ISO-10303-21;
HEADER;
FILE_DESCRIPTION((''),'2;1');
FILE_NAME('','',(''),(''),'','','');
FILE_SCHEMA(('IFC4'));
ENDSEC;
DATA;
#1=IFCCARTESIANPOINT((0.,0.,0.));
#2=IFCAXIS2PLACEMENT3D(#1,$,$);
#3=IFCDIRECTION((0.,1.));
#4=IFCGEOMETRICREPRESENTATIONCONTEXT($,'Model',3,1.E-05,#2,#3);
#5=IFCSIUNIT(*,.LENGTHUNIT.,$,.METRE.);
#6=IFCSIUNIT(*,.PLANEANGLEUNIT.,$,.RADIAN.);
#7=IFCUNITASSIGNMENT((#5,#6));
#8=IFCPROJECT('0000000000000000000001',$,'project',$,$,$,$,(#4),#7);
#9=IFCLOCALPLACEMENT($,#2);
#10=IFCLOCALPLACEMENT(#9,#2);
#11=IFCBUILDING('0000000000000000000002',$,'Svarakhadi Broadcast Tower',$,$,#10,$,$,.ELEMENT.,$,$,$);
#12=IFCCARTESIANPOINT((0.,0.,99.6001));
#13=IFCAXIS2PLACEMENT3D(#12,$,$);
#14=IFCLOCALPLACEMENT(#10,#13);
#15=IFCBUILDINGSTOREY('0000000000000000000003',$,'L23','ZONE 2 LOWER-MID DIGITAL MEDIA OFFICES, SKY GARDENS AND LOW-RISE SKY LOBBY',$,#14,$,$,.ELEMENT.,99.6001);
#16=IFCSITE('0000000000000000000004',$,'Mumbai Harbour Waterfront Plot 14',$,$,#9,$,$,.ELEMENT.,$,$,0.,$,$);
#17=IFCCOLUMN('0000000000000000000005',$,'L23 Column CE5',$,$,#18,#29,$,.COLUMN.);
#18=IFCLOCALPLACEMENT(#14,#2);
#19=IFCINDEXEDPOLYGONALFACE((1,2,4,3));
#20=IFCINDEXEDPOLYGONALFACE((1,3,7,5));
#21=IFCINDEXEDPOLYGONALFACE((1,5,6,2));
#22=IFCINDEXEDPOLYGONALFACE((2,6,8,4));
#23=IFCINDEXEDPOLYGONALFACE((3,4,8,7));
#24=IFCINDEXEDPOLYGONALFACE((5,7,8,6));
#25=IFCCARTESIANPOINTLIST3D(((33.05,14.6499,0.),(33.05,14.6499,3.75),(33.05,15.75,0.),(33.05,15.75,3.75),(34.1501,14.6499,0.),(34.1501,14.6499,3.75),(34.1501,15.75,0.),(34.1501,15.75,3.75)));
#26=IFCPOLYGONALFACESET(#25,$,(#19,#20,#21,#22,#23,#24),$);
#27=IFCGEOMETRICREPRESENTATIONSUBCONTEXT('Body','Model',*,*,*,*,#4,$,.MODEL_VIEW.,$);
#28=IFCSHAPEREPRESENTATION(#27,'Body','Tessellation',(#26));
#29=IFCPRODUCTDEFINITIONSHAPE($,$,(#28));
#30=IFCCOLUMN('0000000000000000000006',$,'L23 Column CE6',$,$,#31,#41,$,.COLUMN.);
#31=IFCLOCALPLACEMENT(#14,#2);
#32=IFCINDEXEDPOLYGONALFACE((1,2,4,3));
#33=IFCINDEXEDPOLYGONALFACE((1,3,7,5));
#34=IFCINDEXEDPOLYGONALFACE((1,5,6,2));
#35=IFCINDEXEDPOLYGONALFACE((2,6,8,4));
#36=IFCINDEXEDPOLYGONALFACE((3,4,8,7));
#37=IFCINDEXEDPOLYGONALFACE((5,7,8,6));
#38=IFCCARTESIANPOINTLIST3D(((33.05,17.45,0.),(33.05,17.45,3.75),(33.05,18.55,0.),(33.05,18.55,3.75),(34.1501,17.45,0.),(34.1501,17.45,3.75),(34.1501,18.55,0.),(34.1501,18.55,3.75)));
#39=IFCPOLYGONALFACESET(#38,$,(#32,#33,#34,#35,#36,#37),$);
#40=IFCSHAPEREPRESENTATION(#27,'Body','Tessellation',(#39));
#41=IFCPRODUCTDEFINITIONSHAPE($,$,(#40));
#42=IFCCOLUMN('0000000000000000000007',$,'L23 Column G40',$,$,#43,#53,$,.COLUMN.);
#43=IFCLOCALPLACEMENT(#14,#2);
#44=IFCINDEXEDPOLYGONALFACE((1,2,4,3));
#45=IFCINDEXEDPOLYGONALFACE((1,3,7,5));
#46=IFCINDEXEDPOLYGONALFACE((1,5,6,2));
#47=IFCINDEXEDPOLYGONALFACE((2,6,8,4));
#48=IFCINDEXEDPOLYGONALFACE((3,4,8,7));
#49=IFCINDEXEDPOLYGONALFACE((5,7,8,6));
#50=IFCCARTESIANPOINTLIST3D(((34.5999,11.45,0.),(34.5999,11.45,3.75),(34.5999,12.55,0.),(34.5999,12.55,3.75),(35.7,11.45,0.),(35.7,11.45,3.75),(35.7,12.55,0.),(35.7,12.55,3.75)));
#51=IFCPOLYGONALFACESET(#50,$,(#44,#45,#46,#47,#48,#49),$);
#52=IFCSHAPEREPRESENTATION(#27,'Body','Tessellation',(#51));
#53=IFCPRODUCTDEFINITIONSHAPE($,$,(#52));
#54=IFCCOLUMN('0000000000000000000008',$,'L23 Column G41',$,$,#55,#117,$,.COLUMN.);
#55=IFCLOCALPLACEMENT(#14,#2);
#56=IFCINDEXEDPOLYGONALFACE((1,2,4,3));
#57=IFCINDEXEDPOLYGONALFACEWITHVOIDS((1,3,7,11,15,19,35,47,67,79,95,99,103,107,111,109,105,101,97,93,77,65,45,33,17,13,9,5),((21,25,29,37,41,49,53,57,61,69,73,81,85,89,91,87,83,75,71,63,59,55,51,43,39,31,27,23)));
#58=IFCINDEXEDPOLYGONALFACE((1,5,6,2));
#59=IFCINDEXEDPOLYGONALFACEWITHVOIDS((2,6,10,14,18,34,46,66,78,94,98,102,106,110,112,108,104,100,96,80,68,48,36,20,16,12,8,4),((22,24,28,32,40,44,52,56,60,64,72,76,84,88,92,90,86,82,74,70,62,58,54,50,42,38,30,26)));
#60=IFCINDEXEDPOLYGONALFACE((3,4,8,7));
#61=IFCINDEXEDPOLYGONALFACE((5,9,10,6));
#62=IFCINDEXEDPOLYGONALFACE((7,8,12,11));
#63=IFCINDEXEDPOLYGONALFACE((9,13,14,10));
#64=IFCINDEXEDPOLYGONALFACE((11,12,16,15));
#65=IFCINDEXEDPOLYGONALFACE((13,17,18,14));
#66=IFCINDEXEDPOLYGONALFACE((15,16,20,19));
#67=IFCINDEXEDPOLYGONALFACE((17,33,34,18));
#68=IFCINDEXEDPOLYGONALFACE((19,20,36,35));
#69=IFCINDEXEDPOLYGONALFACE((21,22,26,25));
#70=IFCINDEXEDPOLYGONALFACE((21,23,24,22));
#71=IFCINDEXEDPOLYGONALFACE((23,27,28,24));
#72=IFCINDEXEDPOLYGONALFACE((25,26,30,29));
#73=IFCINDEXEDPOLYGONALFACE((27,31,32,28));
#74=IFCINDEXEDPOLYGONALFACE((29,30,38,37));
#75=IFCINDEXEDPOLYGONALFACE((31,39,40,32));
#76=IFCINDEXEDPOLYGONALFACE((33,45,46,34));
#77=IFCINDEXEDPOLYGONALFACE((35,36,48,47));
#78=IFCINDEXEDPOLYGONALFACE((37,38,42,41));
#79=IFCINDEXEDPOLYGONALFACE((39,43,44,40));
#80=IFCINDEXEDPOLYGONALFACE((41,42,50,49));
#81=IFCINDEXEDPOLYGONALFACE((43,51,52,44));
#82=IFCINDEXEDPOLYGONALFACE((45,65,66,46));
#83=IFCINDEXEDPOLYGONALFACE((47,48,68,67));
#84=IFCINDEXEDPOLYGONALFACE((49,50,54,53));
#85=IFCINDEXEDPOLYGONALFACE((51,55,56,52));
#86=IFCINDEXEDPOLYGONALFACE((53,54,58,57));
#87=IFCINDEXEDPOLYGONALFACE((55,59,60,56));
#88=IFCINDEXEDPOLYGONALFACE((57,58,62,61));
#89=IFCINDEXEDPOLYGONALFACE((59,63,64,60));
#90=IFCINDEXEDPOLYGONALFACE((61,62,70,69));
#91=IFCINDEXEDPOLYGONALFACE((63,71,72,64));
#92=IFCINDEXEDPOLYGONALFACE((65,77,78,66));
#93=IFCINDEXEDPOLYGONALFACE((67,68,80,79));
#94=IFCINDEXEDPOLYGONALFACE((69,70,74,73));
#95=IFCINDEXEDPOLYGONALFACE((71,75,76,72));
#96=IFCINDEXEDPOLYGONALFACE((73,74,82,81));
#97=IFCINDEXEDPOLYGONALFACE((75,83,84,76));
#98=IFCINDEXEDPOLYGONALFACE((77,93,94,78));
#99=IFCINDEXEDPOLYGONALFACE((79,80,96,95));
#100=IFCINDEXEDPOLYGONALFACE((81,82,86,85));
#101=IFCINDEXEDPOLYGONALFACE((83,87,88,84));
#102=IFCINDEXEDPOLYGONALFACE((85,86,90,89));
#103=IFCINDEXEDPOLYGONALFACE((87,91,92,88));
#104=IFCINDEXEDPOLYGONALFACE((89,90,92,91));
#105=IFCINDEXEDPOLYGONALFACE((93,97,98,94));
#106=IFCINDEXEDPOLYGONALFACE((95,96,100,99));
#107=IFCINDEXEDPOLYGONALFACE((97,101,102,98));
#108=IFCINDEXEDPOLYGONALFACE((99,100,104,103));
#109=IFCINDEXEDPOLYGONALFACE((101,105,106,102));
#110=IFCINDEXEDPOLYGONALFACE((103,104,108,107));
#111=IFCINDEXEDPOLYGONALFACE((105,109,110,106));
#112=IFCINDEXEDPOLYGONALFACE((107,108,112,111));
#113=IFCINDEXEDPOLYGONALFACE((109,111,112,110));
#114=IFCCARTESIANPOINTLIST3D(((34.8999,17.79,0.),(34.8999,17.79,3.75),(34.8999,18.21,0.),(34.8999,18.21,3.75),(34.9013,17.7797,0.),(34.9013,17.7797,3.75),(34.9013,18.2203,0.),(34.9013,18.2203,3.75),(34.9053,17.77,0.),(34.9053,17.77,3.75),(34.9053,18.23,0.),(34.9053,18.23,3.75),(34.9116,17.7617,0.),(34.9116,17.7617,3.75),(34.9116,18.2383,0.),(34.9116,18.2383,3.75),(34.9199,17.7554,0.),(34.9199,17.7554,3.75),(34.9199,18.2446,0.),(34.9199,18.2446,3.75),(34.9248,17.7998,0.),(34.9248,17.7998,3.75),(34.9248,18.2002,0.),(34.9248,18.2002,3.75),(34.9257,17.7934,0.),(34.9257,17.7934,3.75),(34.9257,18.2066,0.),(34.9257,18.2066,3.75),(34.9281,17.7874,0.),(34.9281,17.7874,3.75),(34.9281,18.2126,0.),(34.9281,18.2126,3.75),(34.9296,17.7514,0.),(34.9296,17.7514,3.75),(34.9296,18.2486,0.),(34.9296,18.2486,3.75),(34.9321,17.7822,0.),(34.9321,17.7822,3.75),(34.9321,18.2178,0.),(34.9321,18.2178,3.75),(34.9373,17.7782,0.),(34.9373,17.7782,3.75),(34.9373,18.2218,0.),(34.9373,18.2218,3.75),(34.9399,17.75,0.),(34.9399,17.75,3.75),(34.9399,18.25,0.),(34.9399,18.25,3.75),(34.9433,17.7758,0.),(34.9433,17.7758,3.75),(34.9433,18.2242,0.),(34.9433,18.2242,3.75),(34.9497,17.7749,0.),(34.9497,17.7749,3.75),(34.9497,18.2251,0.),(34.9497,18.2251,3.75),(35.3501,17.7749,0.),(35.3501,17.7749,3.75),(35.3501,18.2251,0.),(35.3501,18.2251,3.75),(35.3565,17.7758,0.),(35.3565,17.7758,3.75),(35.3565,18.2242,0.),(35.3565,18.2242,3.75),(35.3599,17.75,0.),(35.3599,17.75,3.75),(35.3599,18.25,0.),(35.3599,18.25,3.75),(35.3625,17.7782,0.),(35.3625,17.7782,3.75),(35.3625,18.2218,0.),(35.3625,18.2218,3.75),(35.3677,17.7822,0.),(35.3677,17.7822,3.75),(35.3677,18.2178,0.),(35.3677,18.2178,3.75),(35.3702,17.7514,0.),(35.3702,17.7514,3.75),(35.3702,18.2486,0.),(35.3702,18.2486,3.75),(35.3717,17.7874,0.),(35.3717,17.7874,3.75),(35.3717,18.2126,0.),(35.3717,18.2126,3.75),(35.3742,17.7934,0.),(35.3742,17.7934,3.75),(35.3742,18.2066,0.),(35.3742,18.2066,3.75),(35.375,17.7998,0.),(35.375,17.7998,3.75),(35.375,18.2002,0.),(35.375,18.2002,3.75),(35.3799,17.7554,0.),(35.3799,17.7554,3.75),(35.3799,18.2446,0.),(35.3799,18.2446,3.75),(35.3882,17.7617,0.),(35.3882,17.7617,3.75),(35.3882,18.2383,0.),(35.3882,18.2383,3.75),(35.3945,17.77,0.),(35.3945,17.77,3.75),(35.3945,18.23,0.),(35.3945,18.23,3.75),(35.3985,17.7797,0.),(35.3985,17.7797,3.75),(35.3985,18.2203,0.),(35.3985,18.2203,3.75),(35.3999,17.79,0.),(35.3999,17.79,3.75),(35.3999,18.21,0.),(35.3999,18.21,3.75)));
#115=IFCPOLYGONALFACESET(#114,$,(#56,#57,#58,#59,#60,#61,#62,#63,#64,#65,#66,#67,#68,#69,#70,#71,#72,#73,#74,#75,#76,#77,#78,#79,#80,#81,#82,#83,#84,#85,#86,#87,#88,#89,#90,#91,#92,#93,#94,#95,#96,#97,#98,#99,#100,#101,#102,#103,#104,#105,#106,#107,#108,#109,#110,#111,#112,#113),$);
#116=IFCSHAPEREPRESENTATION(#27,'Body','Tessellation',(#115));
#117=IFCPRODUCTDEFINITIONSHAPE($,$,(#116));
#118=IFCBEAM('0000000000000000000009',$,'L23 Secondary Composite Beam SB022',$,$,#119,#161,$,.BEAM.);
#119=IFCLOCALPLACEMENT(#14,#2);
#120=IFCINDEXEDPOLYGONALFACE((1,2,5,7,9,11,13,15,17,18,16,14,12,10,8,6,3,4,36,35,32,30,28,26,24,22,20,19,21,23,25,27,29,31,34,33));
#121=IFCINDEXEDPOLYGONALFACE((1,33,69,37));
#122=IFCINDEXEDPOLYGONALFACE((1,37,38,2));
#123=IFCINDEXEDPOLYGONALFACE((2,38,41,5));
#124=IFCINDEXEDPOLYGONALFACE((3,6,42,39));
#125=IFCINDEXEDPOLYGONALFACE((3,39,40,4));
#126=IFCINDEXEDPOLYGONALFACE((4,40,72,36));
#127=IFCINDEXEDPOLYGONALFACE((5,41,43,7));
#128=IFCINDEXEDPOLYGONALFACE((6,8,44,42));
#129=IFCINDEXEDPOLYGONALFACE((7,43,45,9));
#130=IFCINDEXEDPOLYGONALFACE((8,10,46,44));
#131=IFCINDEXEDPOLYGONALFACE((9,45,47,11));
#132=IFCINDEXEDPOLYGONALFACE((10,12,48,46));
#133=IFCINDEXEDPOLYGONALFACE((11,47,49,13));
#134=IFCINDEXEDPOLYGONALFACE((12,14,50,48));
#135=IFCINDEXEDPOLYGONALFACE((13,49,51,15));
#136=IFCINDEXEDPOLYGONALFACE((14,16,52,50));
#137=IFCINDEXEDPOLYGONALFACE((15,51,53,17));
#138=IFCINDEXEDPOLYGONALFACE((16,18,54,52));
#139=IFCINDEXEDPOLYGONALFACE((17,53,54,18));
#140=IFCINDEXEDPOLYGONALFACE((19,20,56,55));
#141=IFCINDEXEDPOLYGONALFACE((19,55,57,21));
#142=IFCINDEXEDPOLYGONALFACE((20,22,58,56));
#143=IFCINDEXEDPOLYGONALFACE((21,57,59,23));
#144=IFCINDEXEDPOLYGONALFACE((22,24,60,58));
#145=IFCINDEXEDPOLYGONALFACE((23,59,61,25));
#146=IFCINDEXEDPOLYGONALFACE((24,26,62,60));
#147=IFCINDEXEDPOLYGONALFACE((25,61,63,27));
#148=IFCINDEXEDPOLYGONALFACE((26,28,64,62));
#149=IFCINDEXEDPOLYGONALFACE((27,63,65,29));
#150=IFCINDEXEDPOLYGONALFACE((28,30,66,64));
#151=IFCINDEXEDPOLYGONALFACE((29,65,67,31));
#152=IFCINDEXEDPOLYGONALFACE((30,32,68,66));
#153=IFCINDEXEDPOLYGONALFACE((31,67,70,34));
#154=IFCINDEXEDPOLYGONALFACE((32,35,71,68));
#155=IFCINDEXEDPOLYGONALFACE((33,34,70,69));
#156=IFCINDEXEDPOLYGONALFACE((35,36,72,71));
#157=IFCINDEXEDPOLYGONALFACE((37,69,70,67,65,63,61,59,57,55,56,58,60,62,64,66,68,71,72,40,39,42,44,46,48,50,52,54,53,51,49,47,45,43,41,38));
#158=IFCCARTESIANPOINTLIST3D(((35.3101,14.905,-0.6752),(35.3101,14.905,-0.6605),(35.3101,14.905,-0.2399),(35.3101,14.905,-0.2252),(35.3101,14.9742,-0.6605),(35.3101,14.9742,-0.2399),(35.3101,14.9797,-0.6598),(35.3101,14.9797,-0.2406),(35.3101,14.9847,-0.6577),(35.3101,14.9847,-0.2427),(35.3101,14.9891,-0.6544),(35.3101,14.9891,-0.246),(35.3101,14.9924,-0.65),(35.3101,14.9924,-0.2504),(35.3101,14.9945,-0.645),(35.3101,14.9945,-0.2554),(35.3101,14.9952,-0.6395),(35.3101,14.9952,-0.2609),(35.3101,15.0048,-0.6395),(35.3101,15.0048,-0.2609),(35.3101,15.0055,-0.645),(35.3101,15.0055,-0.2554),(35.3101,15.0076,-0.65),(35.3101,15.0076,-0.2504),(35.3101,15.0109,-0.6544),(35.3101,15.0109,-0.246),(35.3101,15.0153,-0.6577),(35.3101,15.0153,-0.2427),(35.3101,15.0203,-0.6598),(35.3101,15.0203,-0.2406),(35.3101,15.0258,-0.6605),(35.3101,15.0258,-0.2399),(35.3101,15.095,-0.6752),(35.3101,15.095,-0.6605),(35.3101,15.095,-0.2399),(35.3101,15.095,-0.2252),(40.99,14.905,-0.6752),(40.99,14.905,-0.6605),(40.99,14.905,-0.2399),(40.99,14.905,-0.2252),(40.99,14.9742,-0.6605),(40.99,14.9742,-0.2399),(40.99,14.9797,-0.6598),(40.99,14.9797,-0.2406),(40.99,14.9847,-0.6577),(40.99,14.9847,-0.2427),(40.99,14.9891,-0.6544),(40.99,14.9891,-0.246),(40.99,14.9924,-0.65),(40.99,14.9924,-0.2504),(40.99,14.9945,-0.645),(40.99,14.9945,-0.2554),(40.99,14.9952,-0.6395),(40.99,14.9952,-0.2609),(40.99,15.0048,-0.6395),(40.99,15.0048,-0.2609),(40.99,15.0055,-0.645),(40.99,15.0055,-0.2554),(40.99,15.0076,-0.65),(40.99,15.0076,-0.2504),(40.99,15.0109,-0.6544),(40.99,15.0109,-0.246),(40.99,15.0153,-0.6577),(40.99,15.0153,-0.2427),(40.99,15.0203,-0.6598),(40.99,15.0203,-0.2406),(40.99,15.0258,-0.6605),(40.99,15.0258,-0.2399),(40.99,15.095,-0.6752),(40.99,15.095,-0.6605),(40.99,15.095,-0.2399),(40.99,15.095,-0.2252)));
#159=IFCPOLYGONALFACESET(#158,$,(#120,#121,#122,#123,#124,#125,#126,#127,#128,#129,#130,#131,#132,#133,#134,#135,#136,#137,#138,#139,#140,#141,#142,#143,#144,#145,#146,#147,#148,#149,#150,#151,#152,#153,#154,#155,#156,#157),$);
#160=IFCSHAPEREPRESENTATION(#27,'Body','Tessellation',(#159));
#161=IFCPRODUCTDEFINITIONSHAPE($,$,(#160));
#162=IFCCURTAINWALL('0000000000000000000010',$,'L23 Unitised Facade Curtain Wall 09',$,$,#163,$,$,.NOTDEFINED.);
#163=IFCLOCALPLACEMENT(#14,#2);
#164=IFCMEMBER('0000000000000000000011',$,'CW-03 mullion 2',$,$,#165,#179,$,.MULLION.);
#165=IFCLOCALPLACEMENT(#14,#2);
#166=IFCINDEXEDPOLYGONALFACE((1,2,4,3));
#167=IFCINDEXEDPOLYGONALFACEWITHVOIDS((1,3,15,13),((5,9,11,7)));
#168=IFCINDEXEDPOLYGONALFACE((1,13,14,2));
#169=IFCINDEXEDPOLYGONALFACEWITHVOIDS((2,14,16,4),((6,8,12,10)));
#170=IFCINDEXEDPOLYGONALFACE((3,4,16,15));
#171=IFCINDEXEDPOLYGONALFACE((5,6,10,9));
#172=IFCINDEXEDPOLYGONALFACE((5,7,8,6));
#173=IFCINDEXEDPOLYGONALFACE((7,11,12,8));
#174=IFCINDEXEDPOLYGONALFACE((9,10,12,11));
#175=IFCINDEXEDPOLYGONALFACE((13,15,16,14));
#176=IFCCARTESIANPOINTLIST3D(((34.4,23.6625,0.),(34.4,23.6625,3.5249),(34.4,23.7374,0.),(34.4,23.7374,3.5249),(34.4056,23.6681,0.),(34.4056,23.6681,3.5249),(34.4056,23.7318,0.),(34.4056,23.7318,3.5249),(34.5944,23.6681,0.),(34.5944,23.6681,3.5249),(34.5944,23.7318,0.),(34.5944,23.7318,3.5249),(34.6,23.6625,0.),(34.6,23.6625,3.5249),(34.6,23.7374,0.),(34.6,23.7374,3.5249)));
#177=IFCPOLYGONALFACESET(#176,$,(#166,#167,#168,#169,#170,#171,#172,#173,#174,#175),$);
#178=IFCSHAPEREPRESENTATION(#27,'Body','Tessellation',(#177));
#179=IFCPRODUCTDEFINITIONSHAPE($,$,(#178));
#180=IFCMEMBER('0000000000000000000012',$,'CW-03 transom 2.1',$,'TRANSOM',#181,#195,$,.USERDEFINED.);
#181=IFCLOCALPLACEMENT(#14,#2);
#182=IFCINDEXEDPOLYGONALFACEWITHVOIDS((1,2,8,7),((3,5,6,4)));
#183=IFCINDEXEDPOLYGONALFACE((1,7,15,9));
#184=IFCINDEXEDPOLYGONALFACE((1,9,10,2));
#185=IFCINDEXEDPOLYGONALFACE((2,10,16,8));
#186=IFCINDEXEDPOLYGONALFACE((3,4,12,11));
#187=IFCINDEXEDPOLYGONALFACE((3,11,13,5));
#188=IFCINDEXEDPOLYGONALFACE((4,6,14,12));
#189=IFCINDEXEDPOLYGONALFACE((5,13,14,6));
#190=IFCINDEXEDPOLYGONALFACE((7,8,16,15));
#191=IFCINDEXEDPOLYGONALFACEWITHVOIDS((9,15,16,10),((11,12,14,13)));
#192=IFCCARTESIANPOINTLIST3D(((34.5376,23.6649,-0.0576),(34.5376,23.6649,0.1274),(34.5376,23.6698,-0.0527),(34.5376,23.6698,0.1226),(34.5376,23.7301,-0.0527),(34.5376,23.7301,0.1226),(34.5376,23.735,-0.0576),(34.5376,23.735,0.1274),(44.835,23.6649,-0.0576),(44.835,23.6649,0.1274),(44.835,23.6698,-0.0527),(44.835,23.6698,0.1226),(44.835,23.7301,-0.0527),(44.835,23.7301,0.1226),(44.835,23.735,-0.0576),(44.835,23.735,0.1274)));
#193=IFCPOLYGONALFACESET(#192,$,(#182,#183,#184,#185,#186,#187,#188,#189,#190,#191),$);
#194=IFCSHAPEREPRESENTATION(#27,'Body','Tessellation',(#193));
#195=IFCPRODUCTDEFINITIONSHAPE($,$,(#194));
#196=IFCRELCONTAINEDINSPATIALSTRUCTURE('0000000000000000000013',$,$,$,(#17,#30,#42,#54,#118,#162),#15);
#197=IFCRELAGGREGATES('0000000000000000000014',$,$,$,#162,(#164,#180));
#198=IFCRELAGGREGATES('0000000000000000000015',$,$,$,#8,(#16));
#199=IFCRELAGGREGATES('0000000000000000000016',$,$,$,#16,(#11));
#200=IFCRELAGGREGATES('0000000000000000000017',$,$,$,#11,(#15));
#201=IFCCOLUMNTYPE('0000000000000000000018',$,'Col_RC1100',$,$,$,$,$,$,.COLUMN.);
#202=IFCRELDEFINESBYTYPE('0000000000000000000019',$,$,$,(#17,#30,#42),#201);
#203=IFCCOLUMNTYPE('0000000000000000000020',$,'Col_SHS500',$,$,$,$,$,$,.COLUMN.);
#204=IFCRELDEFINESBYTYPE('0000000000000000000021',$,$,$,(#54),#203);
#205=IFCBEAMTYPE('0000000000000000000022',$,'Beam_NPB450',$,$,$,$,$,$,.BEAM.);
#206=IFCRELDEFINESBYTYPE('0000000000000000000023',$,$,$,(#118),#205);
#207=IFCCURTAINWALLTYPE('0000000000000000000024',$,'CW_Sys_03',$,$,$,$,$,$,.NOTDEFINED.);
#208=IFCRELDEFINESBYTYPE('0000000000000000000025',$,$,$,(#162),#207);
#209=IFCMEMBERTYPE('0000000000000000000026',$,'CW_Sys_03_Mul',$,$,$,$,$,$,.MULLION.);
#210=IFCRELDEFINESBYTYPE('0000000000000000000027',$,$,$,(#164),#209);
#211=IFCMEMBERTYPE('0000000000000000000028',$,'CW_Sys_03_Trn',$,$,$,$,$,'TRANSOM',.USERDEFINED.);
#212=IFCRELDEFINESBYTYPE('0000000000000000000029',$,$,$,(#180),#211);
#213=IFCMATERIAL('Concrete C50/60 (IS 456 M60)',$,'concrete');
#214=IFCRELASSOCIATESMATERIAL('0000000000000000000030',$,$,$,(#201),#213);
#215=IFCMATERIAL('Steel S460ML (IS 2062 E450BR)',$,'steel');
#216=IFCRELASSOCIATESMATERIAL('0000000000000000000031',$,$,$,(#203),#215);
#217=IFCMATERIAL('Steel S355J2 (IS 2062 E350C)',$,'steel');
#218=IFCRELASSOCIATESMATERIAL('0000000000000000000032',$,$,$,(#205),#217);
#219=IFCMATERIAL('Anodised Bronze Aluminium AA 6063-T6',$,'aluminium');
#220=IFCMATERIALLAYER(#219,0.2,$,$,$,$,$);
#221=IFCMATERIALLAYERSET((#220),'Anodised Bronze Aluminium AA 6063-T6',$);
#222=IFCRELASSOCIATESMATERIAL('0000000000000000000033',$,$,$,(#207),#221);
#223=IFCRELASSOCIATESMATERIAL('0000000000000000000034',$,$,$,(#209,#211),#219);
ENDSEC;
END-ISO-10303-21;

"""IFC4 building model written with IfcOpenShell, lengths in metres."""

from ifc_helpers import new_model, si_unit, direction, frame, origin, origin_2d, place, context, subcontext, project, spatial, rectangle, hollow_rectangle, i_section, extrude, material, layer, layer_set, material_profile, profile_set, type_object, element, aggregate, save


model = new_model("IFC4")

# Units and contexts
model_context = context("Model", 3, precision=1e-05, world=origin(), true_north=direction((0.0, 1.0)))
body_context = subcontext(model_context, "Body", "Model", "MODEL_VIEW")
ifc_project = project(units=[si_unit("LENGTHUNIT", "METRE"), si_unit("PLANEANGLEUNIT", "RADIAN")], contexts=[model_context])

# Site, building, storey
site_placement = place(None, origin())
site = spatial("IfcSite", under=ifc_project, at=site_placement, Name="Mumbai Harbour Waterfront Plot 14", CompositionType="ELEMENT", RefElevation=0.0)
building_placement = place(site_placement, origin())
building = spatial("IfcBuilding", under=site, at=building_placement, Name="Svarakhadi Broadcast Tower", CompositionType="ELEMENT")
storey_placement = place(building_placement, frame((0.0, 0.0, 99.6001)))
storey = spatial("IfcBuildingStorey", under=building, at=storey_placement, Name="L23", Description="ZONE 2 LOWER-MID DIGITAL MEDIA OFFICES, SKY GARDENS AND LOW-RISE SKY LOBBY", CompositionType="ELEMENT", Elevation=99.6001)

# Columns
ifc_material_1 = material(Name="Concrete C50/60 (IS 456 M60)", Category="concrete")
ifc_material_profile_1 = material_profile(ifc_material_1, rectangle(XDim=1.1001, YDim=1.1001, at=origin_2d()), Name="RC 1100x1100")
ifc_profile_set_1 = profile_set([ifc_material_profile_1], Name="Concrete C50/60 (IS 456 M60)")
column_type_1 = type_object("IfcColumnType", Name="Col_RC1100", PredefinedType="COLUMN", material=ifc_profile_set_1)
for number, where, z_axis, x_axis, name in (
    (1, (33.6001, 15.2, 0.0), (0.0, 0.0, 1.0), (1.0, 0.0, 0.0), "L23 Column CE5"),
    (2, (33.6001, 18.0, 0.0), (0.0, 0.0, 1.0), (1.0, 0.0, 0.0), "L23 Column CE6"),
    (3, (35.1499, 12.0, 0.0), (0.0, 0.0, 1.0), (1.0, 0.0, 0.0), "L23 Column G40"),
):
    element("IfcColumn", number, at=place(storey_placement, frame(where, z_axis=z_axis, x_axis=x_axis)), inside=storey, type_object=column_type_1, Name=name, PredefinedType="COLUMN", context=body_context, shape_type="SweptSolid", body=[
        extrude(rectangle(XDim=1.1001, YDim=1.1001, at=origin_2d()), origin(), (0.0, 0.0, 1.0), 3.75),
    ])
ifc_material_2 = material(Name="Steel S460ML (IS 2062 E450BR)", Category="steel")
ifc_material_profile_2 = material_profile(ifc_material_2, hollow_rectangle(XDim=0.5, YDim=0.5, WallThickness=0.0249, InnerFilletRadius=0.0249, OuterFilletRadius=0.04, at=origin_2d()), Name="SHS 500x500x25")
ifc_profile_set_2 = profile_set([ifc_material_profile_2], Name="Steel S460ML (IS 2062 E450BR)")
column_type_2 = type_object("IfcColumnType", Name="Col_SHS500", PredefinedType="COLUMN", material=ifc_profile_set_2)
column_placement = place(storey_placement, frame((35.1499, 18.0, 0.0), z_axis=(0.0, 0.0, 1.0), x_axis=(1.0, 0.0, 0.0)))
element("IfcColumn", 4, at=column_placement, inside=storey, type_object=column_type_2, Name="L23 Column G41", PredefinedType="COLUMN", context=body_context, shape_type="SweptSolid", body=[
    extrude(hollow_rectangle(XDim=0.5, YDim=0.5, WallThickness=0.0249, InnerFilletRadius=0.0249, OuterFilletRadius=0.04, at=origin_2d()), origin(), (0.0, 0.0, 1.0), 3.75),
])

# Beam
ifc_material_3 = material(Name="Steel S355J2 (IS 2062 E350C)", Category="steel")
ifc_material_profile_3 = material_profile(ifc_material_3, i_section(OverallWidth=0.1899, OverallDepth=0.45, WebThickness=0.0095, FlangeThickness=0.0146, FilletRadius=0.021, at=origin_2d()), Name="NPB 450x190x78")
ifc_profile_set_3 = profile_set([ifc_material_profile_3], Name="Steel S355J2 (IS 2062 E350C)")
beam_type_1 = type_object("IfcBeamType", Name="Beam_NPB450", PredefinedType="BEAM", material=ifc_profile_set_3)
beam_1_placement = place(storey_placement, frame((35.3101, 15.0, -0.4502), z_axis=(1.0, 0.0, 0.0), x_axis=(0.0, 1.0, 0.0)))
element("IfcBeam", 5, at=beam_1_placement, inside=storey, type_object=beam_type_1, Name="L23 Secondary Composite Beam SB022", PredefinedType="BEAM", context=body_context, shape_type="SweptSolid", body=[
    extrude(i_section(OverallWidth=0.1899, OverallDepth=0.45, WebThickness=0.0095, FlangeThickness=0.0146, FilletRadius=0.021, at=origin_2d()), origin(), (0.0, 0.0, 1.0), 5.6799),
])

# Curtain wall, members
ifc_material_4 = material(Name="Anodised Bronze Aluminium AA 6063-T6", Category="aluminium")
ifc_layer_1 = layer(ifc_material_4, 0.2)
ifc_layer_set_1 = layer_set([ifc_layer_1], Name="Anodised Bronze Aluminium AA 6063-T6")
curtain_wall_type = type_object("IfcCurtainWallType", Name="CW_Sys_03", PredefinedType="NOTDEFINED", material=ifc_layer_set_1)
curtain_wall_placement = place(storey_placement, origin())
curtain_wall = element("IfcCurtainWall", 6, at=curtain_wall_placement, inside=storey, type_object=curtain_wall_type, Name="L23 Unitised Facade Curtain Wall 09", PredefinedType="NOTDEFINED")
ifc_material_profile_4 = material_profile(ifc_material_4, hollow_rectangle(XDim=0.075, YDim=0.2, WallThickness=0.0056, at=origin_2d()), Name="ALU MULLION 200x75x6")
ifc_profile_set_4 = profile_set([ifc_material_profile_4], Name="Anodised Bronze Aluminium AA 6063-T6")
member_type_1 = type_object("IfcMemberType", Name="CW_Sys_03_Mul", PredefinedType="MULLION", material=ifc_profile_set_4)
member_1_placement = place(storey_placement, frame((34.5, 23.7, 0.0), z_axis=(0.0, 0.0, 1.0), x_axis=(0.0, 1.0, 0.0)))
member_1 = element("IfcMember", 7, at=member_1_placement, type_object=member_type_1, Name="CW-03 mullion 2", PredefinedType="MULLION", context=body_context, shape_type="SweptSolid", body=[
    extrude(hollow_rectangle(XDim=0.075, YDim=0.2, WallThickness=0.0056, at=origin_2d()), origin(), (0.0, 0.0, 1.0), 3.5249),
])
ifc_material_profile_5 = material_profile(ifc_material_4, hollow_rectangle(XDim=0.0701, YDim=0.1851, WallThickness=0.0049, at=origin_2d()), Name="ALU TRANSOM 185x70x5")
ifc_profile_set_5 = profile_set([ifc_material_profile_5], Name="Anodised Bronze Aluminium AA 6063-T6")
member_type_2 = type_object("IfcMemberType", Name="CW_Sys_03_Trn", ElementType="TRANSOM", PredefinedType="USERDEFINED", material=ifc_profile_set_5)
member_2_placement = place(storey_placement, frame((34.5376, 23.7, 0.0349), z_axis=(1.0, 0.0, 0.0), x_axis=(0.0, 1.0, 0.0)))
member_2 = element("IfcMember", 8, at=member_2_placement, type_object=member_type_2, Name="CW-03 transom 2.1", ObjectType="TRANSOM", PredefinedType="USERDEFINED", context=body_context, shape_type="SweptSolid", body=[
    extrude(hollow_rectangle(XDim=0.0701, YDim=0.1851, WallThickness=0.0049, at=origin_2d()), origin(), (0.0, 0.0, 1.0), 10.2974),
])

aggregate(curtain_wall, [member_1, member_2])

save(model, "model.ifc")
